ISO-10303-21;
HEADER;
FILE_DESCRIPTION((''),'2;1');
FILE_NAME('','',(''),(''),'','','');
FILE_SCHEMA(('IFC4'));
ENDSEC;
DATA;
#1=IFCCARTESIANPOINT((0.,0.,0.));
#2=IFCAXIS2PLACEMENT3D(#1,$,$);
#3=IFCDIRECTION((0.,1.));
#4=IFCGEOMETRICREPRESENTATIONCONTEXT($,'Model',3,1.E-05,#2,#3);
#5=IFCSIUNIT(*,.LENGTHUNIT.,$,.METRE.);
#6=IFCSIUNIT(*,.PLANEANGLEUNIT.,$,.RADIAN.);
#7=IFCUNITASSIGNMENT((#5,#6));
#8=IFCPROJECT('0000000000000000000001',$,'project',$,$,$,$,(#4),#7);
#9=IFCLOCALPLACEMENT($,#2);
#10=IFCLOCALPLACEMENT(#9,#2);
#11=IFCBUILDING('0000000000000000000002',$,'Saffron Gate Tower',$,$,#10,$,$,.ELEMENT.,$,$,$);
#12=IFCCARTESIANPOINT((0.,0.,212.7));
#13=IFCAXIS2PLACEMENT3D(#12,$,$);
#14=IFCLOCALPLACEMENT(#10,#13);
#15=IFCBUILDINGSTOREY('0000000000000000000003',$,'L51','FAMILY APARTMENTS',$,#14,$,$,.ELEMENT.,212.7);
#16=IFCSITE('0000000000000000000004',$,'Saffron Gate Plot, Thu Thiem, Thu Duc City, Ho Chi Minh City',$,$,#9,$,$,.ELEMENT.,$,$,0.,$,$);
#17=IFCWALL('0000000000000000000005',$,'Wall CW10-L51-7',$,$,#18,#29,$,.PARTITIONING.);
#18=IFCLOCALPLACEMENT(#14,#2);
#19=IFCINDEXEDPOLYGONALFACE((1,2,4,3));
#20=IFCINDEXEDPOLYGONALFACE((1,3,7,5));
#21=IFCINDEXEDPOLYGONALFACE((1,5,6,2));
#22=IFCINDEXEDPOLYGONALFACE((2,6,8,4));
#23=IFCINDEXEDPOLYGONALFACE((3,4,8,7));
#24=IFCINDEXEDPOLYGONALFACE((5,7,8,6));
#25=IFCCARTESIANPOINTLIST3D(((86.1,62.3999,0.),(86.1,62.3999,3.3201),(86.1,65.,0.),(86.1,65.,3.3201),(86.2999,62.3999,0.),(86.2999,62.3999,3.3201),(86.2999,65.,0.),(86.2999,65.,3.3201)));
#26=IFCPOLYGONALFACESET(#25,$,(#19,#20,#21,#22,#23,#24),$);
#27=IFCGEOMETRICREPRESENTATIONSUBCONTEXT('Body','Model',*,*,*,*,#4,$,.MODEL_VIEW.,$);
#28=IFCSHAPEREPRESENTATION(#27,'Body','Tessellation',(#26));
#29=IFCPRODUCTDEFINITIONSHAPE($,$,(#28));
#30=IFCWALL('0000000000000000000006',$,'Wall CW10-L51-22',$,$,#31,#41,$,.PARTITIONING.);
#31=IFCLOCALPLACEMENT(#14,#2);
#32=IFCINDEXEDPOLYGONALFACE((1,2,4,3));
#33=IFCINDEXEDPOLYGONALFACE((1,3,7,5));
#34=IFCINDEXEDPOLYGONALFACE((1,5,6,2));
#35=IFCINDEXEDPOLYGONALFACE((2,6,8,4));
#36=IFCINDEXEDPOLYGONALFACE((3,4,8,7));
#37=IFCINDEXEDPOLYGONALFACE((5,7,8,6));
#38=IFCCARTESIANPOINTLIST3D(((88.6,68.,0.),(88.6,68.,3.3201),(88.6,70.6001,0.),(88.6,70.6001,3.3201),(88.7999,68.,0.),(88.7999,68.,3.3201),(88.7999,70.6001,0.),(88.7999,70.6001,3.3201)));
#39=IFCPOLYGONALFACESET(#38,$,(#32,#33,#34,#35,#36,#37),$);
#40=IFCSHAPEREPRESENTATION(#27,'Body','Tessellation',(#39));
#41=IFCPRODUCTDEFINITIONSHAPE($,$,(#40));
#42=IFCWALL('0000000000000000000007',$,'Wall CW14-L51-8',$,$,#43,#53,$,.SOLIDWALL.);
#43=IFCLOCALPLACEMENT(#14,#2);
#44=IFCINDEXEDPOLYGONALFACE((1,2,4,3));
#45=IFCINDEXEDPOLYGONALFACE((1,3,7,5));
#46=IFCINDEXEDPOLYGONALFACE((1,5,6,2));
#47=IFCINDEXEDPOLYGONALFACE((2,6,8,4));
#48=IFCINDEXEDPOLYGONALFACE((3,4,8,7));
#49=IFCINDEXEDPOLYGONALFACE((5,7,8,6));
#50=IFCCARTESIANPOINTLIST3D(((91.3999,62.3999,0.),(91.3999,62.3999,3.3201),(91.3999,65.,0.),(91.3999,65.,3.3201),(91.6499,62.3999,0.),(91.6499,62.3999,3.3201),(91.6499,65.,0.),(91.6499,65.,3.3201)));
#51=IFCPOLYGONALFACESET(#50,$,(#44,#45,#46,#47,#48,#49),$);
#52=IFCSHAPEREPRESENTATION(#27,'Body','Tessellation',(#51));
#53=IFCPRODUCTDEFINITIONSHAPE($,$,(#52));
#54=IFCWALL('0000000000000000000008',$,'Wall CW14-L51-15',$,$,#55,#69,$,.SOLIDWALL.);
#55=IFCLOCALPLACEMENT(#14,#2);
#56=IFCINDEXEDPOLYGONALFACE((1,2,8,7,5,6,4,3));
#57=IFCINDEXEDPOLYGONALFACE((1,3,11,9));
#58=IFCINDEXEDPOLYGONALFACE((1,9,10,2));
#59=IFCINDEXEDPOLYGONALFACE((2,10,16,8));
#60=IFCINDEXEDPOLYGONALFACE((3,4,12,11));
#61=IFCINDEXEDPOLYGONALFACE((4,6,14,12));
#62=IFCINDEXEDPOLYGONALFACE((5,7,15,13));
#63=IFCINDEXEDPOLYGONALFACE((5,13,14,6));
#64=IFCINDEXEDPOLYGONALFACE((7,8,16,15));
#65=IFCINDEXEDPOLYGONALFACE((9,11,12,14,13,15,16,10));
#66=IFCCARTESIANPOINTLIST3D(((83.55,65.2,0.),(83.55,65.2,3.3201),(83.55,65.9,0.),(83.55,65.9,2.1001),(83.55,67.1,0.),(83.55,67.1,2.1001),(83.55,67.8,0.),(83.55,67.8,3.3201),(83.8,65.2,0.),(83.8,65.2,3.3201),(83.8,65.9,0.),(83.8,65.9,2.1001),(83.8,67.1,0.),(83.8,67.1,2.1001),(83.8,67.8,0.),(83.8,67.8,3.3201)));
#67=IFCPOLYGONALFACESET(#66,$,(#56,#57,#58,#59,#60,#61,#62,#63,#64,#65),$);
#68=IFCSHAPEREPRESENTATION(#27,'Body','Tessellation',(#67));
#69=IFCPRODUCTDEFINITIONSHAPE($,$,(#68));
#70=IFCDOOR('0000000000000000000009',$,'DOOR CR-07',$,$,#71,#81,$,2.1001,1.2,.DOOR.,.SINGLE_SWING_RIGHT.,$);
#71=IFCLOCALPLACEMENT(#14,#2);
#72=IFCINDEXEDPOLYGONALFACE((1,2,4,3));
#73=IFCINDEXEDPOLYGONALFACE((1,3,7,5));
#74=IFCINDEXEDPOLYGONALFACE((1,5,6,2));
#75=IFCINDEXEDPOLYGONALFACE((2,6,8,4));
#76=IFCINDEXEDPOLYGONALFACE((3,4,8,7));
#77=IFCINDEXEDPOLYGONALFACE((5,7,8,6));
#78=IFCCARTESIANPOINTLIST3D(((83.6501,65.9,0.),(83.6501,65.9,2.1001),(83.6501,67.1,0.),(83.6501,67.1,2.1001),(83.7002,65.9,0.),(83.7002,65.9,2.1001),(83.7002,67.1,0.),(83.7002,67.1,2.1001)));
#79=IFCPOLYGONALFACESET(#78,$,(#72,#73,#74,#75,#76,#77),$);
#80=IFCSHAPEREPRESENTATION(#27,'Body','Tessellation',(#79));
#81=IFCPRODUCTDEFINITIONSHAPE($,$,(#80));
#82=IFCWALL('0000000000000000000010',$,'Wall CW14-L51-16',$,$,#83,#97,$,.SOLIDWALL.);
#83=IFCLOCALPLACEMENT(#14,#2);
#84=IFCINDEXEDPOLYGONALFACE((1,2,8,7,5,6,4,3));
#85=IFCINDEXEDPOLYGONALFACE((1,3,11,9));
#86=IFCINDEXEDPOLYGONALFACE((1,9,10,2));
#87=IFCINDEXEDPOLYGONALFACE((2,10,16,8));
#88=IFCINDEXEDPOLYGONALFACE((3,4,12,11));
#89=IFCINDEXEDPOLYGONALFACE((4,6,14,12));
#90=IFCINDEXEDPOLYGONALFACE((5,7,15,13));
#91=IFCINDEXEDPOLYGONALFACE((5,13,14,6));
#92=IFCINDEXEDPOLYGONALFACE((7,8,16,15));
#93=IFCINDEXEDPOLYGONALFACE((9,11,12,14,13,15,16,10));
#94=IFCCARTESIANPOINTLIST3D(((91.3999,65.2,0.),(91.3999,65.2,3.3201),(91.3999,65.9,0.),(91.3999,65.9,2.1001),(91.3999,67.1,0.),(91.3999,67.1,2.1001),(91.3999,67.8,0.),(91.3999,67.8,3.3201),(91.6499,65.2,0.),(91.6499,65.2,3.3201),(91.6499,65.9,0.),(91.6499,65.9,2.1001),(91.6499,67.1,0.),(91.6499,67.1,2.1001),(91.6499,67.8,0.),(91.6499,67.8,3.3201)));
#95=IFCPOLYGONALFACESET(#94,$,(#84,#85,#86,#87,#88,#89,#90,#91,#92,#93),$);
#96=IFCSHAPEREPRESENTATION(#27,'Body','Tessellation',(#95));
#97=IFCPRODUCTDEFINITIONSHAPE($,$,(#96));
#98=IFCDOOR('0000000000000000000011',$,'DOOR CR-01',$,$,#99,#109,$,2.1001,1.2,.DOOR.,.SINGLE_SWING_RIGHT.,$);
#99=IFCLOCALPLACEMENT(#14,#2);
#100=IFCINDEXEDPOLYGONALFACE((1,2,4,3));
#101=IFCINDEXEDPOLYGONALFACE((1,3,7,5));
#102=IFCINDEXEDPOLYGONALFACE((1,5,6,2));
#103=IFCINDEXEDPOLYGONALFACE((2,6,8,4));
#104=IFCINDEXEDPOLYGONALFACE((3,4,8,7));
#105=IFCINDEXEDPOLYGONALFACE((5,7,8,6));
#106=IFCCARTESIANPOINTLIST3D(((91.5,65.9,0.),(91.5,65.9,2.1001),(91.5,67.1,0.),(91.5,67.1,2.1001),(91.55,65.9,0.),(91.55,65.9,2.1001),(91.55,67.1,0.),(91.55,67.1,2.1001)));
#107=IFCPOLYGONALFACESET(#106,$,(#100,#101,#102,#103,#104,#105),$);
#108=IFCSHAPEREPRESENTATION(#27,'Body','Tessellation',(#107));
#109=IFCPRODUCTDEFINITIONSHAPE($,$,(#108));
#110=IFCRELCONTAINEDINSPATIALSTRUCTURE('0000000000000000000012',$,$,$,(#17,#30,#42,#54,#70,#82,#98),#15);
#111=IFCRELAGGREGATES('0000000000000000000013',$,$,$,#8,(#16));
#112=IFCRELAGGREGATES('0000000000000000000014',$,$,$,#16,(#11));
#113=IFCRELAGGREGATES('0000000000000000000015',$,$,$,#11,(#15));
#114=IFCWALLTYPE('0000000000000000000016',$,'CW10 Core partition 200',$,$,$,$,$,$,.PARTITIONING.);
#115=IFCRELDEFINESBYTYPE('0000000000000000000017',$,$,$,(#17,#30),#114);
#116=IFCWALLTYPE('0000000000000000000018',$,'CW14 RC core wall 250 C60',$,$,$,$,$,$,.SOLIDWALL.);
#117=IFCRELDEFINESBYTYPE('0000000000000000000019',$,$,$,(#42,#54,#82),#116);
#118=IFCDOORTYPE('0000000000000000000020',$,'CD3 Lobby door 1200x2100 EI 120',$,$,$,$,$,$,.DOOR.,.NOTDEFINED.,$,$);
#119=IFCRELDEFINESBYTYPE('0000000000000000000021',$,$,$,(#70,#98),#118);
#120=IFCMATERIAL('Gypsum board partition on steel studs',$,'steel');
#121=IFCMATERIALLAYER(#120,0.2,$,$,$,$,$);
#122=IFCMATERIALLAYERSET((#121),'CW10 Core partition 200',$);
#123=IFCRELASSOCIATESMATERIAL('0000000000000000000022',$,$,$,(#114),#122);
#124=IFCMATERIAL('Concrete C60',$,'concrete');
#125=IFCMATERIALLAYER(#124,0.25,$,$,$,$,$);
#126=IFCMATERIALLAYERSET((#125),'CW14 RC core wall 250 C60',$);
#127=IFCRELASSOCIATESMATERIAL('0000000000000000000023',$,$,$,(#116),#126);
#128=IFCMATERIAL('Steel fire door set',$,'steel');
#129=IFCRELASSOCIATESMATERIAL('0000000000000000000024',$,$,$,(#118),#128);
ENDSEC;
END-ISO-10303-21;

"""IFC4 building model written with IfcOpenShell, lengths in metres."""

from ifc_helpers import new_model, si_unit, direction, frame, frame_2d, origin, place, context, subcontext, project, spatial, rectangle, extrude, material, layer, layer_set, type_object, element, fill, save


model = new_model("IFC4")

# Units and contexts
model_context = context("Model", 3, precision=1e-05, world=origin(), true_north=direction((0.0, 1.0)))
body_context = subcontext(model_context, "Body", "Model", "MODEL_VIEW")
ifc_project = project(units=[si_unit("LENGTHUNIT", "METRE"), si_unit("PLANEANGLEUNIT", "RADIAN")], contexts=[model_context])

# Site, building, storey
site_placement = place(None, origin())
site = spatial("IfcSite", under=ifc_project, at=site_placement, Name="Saffron Gate Plot, Thu Thiem, Thu Duc City, Ho Chi Minh City", CompositionType="ELEMENT", RefElevation=0.0)
building_placement = place(site_placement, origin())
building = spatial("IfcBuilding", under=site, at=building_placement, Name="Saffron Gate Tower", CompositionType="ELEMENT")
storey_placement = place(building_placement, frame((0.0, 0.0, 212.7)))
storey = spatial("IfcBuildingStorey", under=building, at=storey_placement, Name="L51", Description="FAMILY APARTMENTS", CompositionType="ELEMENT", Elevation=212.7)

# Walls
ifc_material_1 = material(Name="Gypsum board partition on steel studs", Category="steel")
ifc_layer_1 = layer(ifc_material_1, 0.2)
ifc_layer_set_1 = layer_set([ifc_layer_1], Name="CW10 Core partition 200")
wall_type_1 = type_object("IfcWallType", Name="CW10 Core partition 200", PredefinedType="PARTITIONING", material=ifc_layer_set_1)
for number, where, z_axis, x_axis, name in (
    (1, (86.2, 62.3999, 0.0), (0.0, 0.0, 1.0), (0.0, 1.0, 0.0), "Wall CW10-L51-7"),
    (2, (88.7, 68.0, 0.0), (0.0, 0.0, 1.0), (0.0, 1.0, 0.0), "Wall CW10-L51-22"),
):
    element("IfcWall", number, at=place(storey_placement, frame(where, z_axis=z_axis, x_axis=x_axis)), inside=storey, type_object=wall_type_1, Name=name, PredefinedType="PARTITIONING", context=body_context, shape_type="SweptSolid", body=[
        extrude(rectangle(XDim=2.6001, YDim=0.2, at=frame_2d((1.3, 0.0))), origin(), (0.0, 0.0, 1.0), 3.3201),
    ])
ifc_material_2 = material(Name="Concrete C60", Category="concrete")
ifc_layer_2 = layer(ifc_material_2, 0.25)
ifc_layer_set_2 = layer_set([ifc_layer_2], Name="CW14 RC core wall 250 C60")
wall_type_2 = type_object("IfcWallType", Name="CW14 RC core wall 250 C60", PredefinedType="SOLIDWALL", material=ifc_layer_set_2)
wall_1_placement = place(storey_placement, frame((91.5249, 62.3999, 0.0), z_axis=(0.0, 0.0, 1.0), x_axis=(0.0, 1.0, 0.0)))
element("IfcWall", 3, at=wall_1_placement, inside=storey, type_object=wall_type_2, Name="Wall CW14-L51-8", PredefinedType="SOLIDWALL", context=body_context, shape_type="SweptSolid", body=[
    extrude(rectangle(XDim=2.6001, YDim=0.25, at=frame_2d((1.3, 0.0))), origin(), (0.0, 0.0, 1.0), 3.3201),
])

# Walls, openings, doors
wall_2_placement = place(storey_placement, frame((83.675, 65.2, 0.0), z_axis=(0.0, 0.0, 1.0), x_axis=(0.0, 1.0, 0.0)))
wall_2 = element("IfcWall", 4, at=wall_2_placement, inside=storey, type_object=wall_type_2, Name="Wall CW14-L51-15", PredefinedType="SOLIDWALL", context=body_context, shape_type="SweptSolid", body=[
    extrude(rectangle(XDim=2.6001, YDim=0.25, at=frame_2d((1.3, 0.0))), origin(), (0.0, 0.0, 1.0), 3.3201),
])
opening_1_placement = place(wall_2_placement, frame((0.7, 0.0, 0.0)))
opening_1 = element("IfcOpeningElement", 5, at=opening_1_placement, cuts=wall_2, PredefinedType="OPENING", context=body_context, shape_type="SweptSolid", body=[
    extrude(rectangle(XDim=1.2, YDim=2.1001, at=frame_2d((0.6001, 1.05))), frame((0.0, 0.135, 0.0), z_axis=(0.0, -1.0, 0.0), x_axis=(1.0, 0.0, 0.0)), (0.0, 0.0, 1.0), 0.27),
])
ifc_material_3 = material(Name="Steel fire door set", Category="steel")
door_type_1 = type_object("IfcDoorType", Name="CD3 Lobby door 1200x2100 EI 120", OperationType="NOTDEFINED", PredefinedType="DOOR", material=ifc_material_3)
door_1_placement = place(opening_1_placement, origin())
door_1 = element("IfcDoor", 6, at=door_1_placement, inside=storey, type_object=door_type_1, Name="DOOR CR-07", OperationType="SINGLE_SWING_RIGHT", OverallHeight=2.1001, OverallWidth=1.2, PredefinedType="DOOR", context=body_context, shape_type="SweptSolid", body=[
    extrude(rectangle(XDim=1.2, YDim=2.1001, at=frame_2d((0.6001, 1.05))), frame((0.0, 0.0249, 0.0), z_axis=(0.0, -1.0, 0.0), x_axis=(1.0, 0.0, 0.0)), (0.0, 0.0, 1.0), 0.05),
])
fill(opening_1, door_1)
wall_3_placement = place(storey_placement, frame((91.5249, 65.2, 0.0), z_axis=(0.0, 0.0, 1.0), x_axis=(0.0, 1.0, 0.0)))
wall_3 = element("IfcWall", 7, at=wall_3_placement, inside=storey, type_object=wall_type_2, Name="Wall CW14-L51-16", PredefinedType="SOLIDWALL", context=body_context, shape_type="SweptSolid", body=[
    extrude(rectangle(XDim=2.6001, YDim=0.25, at=frame_2d((1.3, 0.0))), origin(), (0.0, 0.0, 1.0), 3.3201),
])
opening_2_placement = place(wall_3_placement, frame((0.7, 0.0, 0.0)))
opening_2 = element("IfcOpeningElement", 8, at=opening_2_placement, cuts=wall_3, PredefinedType="OPENING", context=body_context, shape_type="SweptSolid", body=[
    extrude(rectangle(XDim=1.2, YDim=2.1001, at=frame_2d((0.6001, 1.05))), frame((0.0, 0.135, 0.0), z_axis=(0.0, -1.0, 0.0), x_axis=(1.0, 0.0, 0.0)), (0.0, 0.0, 1.0), 0.27),
])
door_2_placement = place(opening_2_placement, origin())
door_2 = element("IfcDoor", 9, at=door_2_placement, inside=storey, type_object=door_type_1, Name="DOOR CR-01", OperationType="SINGLE_SWING_RIGHT", OverallHeight=2.1001, OverallWidth=1.2, PredefinedType="DOOR", context=body_context, shape_type="SweptSolid", body=[
    extrude(rectangle(XDim=1.2, YDim=2.1001, at=frame_2d((0.6001, 1.05))), frame((0.0, 0.0249, 0.0), z_axis=(0.0, -1.0, 0.0), x_axis=(1.0, 0.0, 0.0)), (0.0, 0.0, 1.0), 0.05),
])
fill(opening_2, door_2)

save(model, "model.ifc")
